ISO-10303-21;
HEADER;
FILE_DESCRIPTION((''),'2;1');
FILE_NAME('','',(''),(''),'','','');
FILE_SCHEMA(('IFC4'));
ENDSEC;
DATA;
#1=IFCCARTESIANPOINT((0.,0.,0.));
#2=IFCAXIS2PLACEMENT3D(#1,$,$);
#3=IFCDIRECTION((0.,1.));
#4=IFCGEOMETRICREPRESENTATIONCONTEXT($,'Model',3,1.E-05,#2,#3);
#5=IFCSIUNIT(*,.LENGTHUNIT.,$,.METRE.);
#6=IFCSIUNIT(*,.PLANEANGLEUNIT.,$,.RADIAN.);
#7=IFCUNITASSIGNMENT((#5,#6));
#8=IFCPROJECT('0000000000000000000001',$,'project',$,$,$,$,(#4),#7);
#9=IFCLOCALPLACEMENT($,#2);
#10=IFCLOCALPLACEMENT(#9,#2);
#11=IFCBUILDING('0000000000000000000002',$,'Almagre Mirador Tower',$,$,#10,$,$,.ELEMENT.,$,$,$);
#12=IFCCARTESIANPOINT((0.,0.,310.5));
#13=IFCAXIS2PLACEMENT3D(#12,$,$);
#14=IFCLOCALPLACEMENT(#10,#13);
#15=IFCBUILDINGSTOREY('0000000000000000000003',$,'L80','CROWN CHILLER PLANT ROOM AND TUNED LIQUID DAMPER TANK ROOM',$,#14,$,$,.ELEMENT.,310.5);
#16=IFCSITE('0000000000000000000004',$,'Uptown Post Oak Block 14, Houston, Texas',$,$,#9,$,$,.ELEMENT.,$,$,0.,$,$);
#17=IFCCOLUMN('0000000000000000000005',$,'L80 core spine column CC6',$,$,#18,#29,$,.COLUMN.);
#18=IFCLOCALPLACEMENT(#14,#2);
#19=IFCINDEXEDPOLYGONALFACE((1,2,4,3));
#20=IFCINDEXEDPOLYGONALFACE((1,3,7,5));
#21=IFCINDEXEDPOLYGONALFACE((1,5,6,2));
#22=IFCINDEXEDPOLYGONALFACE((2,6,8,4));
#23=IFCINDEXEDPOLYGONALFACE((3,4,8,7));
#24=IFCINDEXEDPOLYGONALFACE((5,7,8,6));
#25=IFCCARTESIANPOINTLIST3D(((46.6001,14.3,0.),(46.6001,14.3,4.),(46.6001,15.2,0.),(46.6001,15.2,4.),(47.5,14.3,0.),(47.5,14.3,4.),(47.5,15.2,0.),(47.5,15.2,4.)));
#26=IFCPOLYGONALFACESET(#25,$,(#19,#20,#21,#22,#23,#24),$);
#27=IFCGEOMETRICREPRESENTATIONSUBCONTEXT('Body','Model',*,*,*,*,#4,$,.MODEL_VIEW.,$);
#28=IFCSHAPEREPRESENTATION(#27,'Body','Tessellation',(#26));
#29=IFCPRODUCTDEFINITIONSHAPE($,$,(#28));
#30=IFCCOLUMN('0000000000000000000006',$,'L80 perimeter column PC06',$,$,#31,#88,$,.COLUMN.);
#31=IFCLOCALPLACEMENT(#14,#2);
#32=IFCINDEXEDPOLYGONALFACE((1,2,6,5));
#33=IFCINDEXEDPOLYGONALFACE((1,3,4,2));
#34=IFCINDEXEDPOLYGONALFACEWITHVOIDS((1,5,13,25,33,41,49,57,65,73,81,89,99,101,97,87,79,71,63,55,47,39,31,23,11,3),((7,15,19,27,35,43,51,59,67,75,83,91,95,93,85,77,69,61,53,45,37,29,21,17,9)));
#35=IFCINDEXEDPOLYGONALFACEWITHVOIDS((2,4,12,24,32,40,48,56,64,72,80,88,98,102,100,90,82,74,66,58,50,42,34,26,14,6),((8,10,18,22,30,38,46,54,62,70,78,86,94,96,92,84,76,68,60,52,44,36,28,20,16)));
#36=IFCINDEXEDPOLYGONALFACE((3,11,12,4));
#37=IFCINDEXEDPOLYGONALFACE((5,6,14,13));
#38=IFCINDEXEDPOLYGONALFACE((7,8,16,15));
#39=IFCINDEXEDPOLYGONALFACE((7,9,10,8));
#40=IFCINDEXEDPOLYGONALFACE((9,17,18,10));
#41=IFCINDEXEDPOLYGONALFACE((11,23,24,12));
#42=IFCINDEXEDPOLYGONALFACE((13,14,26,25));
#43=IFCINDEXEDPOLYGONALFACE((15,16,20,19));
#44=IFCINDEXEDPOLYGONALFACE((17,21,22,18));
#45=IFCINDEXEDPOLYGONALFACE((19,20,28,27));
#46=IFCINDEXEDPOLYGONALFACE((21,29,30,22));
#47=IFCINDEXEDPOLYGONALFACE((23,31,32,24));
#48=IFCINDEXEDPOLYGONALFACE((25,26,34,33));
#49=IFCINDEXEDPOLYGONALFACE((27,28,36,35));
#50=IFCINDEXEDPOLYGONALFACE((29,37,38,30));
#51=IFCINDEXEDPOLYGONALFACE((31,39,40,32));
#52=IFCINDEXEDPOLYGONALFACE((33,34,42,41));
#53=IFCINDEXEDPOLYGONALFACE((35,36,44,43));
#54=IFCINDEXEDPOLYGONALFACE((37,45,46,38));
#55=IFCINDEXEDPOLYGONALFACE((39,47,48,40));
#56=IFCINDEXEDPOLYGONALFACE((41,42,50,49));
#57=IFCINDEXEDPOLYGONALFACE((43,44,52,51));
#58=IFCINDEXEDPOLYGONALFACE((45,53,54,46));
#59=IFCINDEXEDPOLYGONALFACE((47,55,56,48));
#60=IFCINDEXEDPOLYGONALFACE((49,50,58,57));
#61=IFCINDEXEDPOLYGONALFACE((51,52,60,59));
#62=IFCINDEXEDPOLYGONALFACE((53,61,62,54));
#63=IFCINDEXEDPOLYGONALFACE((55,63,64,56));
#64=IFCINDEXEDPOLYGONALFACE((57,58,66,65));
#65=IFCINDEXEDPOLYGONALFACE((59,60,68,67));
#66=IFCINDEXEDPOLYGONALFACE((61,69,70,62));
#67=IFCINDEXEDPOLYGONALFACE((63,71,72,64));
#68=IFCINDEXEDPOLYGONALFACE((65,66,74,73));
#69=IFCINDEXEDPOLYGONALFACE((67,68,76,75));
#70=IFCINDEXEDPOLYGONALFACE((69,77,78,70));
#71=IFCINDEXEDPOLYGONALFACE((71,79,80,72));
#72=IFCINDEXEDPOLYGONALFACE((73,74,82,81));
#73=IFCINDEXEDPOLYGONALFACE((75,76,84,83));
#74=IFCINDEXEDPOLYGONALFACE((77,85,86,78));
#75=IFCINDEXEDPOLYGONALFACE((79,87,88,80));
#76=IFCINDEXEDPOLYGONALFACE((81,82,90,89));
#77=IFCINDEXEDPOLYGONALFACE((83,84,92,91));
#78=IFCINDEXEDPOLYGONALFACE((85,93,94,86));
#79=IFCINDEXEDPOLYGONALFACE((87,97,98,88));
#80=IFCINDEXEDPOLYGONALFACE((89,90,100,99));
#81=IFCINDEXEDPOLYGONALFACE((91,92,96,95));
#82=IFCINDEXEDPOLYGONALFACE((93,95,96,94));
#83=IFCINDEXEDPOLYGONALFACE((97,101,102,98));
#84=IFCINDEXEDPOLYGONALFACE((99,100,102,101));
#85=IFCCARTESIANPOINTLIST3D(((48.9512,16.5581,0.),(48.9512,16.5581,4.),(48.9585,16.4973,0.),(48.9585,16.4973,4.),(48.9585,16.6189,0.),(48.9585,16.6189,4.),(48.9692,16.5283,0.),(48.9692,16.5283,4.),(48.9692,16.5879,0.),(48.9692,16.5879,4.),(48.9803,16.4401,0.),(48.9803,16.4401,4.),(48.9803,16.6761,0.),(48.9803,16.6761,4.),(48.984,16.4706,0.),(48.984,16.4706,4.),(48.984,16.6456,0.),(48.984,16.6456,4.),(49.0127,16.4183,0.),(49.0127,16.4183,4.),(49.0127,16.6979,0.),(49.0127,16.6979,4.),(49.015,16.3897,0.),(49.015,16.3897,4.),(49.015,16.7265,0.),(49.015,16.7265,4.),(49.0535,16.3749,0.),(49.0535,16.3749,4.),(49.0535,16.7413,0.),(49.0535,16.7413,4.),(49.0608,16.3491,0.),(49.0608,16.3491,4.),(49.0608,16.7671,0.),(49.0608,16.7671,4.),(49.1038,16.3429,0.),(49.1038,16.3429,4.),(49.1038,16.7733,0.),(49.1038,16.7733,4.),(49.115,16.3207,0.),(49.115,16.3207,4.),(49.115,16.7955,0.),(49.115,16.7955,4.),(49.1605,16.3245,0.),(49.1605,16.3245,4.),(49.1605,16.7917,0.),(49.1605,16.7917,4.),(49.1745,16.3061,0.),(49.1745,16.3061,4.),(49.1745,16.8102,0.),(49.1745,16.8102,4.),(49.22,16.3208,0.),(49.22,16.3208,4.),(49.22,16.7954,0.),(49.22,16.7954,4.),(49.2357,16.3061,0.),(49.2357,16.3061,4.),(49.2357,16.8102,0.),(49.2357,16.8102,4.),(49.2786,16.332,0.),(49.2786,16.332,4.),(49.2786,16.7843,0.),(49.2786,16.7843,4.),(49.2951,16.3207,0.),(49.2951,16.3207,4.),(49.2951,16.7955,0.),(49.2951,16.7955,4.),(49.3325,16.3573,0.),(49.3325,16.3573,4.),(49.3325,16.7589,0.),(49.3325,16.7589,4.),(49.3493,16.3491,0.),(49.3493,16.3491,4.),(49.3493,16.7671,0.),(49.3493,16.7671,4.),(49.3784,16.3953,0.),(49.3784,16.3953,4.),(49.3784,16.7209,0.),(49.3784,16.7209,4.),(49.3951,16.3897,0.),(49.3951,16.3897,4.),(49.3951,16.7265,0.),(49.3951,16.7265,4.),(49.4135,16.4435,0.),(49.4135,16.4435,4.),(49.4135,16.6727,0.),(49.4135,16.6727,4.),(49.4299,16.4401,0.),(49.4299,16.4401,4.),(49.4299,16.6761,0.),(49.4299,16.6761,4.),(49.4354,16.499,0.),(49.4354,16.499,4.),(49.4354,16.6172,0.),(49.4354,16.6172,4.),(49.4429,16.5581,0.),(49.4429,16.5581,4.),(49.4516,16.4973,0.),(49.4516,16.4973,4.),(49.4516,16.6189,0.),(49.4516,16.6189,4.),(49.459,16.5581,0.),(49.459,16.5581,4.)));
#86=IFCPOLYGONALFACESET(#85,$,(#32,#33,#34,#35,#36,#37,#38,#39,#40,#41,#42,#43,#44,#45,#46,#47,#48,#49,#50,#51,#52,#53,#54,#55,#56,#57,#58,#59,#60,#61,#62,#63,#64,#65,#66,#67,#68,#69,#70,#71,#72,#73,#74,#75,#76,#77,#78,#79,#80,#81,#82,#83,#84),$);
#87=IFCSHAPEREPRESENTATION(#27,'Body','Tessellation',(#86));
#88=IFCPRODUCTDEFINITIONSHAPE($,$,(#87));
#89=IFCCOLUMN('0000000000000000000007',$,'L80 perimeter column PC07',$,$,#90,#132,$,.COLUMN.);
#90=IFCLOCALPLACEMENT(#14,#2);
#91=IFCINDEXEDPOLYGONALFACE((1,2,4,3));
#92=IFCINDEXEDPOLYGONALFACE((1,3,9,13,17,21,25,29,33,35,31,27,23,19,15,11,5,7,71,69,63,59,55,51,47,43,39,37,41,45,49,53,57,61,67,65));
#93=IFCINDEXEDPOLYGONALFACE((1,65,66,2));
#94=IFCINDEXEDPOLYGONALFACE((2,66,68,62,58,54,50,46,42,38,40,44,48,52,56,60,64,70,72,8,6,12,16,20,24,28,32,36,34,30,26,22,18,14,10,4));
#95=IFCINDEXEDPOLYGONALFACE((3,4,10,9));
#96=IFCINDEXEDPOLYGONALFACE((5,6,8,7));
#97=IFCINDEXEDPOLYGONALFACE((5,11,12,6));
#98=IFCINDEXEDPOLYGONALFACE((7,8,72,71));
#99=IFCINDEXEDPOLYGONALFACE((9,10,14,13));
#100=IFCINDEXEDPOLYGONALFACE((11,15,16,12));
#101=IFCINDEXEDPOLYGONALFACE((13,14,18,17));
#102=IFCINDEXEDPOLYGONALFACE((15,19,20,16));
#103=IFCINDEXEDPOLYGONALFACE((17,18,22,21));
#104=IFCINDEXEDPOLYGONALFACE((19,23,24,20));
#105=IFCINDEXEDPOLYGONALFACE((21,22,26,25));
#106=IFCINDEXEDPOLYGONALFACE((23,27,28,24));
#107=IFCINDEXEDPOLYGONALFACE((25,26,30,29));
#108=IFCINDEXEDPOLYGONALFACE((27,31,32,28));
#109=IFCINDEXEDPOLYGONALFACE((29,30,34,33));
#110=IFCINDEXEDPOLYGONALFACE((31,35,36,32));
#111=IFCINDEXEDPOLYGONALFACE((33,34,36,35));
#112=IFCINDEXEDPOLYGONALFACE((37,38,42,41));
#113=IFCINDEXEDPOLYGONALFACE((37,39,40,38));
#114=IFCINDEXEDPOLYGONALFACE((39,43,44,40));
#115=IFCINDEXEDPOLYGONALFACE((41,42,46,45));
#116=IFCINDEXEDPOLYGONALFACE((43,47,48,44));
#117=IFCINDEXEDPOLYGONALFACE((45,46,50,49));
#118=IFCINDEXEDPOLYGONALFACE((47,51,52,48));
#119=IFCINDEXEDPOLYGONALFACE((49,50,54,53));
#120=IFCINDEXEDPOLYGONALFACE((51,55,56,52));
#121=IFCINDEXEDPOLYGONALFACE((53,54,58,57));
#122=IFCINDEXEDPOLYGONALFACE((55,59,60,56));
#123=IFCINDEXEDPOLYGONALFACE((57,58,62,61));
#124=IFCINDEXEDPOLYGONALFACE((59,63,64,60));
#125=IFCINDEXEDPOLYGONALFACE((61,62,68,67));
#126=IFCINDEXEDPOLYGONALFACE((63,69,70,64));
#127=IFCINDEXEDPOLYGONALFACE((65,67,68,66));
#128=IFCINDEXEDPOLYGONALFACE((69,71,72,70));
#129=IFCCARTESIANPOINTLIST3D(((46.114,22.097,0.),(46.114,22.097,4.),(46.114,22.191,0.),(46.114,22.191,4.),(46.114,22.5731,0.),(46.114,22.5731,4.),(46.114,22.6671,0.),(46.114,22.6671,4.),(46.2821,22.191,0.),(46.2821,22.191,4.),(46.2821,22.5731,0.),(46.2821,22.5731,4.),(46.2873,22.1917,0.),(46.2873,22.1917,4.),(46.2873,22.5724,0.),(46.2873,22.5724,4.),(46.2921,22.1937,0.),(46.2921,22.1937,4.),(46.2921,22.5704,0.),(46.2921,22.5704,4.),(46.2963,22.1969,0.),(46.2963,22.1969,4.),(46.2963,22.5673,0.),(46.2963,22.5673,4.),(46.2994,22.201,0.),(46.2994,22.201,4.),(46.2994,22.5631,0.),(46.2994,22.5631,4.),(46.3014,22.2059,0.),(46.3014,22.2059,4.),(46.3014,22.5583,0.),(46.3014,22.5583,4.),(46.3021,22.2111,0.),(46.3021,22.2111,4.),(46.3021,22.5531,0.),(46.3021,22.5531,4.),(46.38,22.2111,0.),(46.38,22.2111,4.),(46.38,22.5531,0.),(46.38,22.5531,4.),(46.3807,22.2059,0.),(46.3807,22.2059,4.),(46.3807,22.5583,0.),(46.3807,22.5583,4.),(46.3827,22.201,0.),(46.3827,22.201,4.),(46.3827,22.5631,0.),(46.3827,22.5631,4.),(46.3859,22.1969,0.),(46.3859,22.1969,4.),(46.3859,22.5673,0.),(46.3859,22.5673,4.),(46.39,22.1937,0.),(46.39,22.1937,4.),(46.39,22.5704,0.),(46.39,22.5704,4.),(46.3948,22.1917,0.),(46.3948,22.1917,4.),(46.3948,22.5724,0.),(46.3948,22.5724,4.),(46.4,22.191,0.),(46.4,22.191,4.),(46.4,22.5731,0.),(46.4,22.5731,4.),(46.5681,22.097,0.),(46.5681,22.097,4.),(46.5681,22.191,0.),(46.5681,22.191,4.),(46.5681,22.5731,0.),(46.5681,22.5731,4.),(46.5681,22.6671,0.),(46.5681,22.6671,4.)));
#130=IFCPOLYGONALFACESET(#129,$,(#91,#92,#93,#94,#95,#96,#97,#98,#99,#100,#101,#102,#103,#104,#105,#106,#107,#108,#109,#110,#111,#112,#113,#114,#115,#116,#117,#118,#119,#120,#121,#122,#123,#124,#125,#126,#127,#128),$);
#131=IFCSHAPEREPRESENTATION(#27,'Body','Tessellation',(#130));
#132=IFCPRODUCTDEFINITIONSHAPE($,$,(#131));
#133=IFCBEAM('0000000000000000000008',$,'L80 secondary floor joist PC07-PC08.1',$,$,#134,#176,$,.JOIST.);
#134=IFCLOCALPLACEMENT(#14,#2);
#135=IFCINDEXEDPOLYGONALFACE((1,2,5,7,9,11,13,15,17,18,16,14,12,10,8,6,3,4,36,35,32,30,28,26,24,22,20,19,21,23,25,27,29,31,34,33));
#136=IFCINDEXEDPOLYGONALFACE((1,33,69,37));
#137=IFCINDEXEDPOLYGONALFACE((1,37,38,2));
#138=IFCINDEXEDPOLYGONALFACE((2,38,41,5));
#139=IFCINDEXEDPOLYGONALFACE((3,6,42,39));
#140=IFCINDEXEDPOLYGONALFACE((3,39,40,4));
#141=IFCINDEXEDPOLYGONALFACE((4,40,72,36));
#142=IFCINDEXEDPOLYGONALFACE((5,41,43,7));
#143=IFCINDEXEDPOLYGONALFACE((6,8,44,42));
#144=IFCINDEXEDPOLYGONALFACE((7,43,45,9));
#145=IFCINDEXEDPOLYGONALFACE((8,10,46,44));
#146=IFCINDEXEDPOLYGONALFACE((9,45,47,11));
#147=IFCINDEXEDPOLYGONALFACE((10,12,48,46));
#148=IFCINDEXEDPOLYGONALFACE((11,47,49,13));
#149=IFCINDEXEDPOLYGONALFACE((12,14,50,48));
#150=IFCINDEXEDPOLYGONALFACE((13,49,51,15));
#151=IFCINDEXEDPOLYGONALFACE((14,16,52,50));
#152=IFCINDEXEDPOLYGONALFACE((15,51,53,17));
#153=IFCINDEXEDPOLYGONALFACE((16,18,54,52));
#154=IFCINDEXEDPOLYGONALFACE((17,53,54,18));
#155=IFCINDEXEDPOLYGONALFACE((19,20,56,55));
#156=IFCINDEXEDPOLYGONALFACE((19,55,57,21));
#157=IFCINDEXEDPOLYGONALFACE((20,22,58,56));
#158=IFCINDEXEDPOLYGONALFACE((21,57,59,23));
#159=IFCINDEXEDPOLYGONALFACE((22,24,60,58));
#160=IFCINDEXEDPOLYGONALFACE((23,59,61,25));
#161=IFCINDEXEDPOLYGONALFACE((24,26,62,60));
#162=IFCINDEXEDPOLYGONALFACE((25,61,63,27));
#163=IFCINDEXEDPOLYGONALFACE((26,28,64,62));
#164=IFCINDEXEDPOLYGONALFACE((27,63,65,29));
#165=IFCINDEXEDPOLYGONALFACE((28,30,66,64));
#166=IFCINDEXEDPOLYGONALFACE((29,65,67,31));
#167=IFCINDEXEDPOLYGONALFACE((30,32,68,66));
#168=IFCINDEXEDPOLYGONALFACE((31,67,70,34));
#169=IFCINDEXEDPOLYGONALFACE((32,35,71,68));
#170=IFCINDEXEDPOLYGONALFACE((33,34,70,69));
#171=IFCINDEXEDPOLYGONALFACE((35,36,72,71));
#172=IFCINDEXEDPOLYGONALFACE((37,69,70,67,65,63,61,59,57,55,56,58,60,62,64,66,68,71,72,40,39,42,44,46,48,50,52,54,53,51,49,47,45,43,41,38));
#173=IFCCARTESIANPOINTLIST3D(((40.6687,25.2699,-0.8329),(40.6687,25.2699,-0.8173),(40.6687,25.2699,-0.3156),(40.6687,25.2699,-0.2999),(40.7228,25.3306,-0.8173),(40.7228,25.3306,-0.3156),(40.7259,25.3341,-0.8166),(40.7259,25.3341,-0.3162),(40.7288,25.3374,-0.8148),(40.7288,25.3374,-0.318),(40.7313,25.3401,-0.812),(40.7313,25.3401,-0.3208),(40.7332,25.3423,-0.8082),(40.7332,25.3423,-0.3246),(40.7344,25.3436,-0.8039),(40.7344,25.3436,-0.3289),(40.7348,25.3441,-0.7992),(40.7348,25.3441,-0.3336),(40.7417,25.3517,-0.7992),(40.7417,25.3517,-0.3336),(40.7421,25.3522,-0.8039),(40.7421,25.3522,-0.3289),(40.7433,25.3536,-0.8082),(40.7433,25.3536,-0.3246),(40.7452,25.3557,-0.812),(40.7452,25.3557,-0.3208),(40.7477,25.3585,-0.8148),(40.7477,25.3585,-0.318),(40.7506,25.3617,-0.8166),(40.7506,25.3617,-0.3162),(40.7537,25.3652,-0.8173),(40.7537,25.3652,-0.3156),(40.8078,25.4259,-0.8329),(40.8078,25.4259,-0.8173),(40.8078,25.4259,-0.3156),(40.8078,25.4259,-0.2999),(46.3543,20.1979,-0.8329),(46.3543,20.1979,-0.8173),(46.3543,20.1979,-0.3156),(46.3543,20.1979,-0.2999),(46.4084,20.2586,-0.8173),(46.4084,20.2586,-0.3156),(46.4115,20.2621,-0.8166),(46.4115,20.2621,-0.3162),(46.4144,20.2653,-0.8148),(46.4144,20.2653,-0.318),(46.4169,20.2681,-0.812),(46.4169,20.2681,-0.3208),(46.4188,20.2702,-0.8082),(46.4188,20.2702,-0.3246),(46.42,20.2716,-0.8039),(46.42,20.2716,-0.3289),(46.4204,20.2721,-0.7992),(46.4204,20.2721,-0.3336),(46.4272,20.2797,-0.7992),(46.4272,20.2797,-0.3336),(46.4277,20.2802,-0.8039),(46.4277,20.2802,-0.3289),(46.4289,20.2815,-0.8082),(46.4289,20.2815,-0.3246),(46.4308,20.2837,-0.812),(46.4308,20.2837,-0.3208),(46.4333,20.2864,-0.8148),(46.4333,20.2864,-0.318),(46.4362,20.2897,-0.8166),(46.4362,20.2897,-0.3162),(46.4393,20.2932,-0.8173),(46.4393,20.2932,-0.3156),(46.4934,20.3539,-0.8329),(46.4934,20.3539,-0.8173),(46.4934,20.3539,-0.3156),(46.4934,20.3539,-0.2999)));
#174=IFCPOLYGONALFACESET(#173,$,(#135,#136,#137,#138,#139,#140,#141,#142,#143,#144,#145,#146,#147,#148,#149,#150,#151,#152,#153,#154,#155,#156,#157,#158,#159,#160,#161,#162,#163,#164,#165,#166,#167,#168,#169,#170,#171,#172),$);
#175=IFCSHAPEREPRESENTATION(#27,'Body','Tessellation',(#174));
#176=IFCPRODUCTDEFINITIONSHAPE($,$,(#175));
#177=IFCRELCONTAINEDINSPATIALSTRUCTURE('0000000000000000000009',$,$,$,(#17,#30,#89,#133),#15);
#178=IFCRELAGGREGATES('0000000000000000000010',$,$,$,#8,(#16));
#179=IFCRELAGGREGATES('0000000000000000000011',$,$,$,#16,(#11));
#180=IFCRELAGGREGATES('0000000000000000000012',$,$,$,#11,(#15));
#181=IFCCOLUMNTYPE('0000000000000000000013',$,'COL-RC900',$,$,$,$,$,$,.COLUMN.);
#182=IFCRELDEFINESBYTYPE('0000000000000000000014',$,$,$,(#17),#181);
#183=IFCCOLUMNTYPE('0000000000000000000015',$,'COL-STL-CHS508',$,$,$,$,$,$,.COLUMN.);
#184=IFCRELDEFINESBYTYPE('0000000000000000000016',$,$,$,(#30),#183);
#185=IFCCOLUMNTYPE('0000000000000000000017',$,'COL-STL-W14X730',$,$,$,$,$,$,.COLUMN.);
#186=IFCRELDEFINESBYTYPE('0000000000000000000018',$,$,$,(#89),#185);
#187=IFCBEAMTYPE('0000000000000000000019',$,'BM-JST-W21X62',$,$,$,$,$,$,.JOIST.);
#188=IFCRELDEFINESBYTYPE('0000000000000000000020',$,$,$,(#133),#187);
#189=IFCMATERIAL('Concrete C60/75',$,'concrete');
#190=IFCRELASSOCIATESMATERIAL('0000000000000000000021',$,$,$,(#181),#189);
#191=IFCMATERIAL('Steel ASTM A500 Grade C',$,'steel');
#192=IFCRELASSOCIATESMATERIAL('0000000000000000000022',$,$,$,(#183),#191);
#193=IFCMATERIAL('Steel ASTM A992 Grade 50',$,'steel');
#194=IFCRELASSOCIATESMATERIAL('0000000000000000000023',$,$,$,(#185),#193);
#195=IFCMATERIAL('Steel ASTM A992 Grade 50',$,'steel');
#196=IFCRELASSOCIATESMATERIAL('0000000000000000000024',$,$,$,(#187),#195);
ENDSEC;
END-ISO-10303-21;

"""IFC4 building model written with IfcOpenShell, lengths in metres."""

from ifc_helpers import new_model, si_unit, direction, frame, origin, origin_2d, place, context, subcontext, project, spatial, rectangle, hollow_circle, i_section, extrude, material, material_profile, profile_set, type_object, element, save


model = new_model("IFC4")

# Units and contexts
model_context = context("Model", 3, precision=1e-05, world=origin(), true_north=direction((0.0, 1.0)))
body_context = subcontext(model_context, "Body", "Model", "MODEL_VIEW")
ifc_project = project(units=[si_unit("LENGTHUNIT", "METRE"), si_unit("PLANEANGLEUNIT", "RADIAN")], contexts=[model_context])

# Site, building, storey
site_placement = place(None, origin())
site = spatial("IfcSite", under=ifc_project, at=site_placement, Name="Uptown Post Oak Block 14, Houston, Texas", CompositionType="ELEMENT", RefElevation=0.0)
building_placement = place(site_placement, origin())
building = spatial("IfcBuilding", under=site, at=building_placement, Name="Almagre Mirador Tower", CompositionType="ELEMENT")
storey_placement = place(building_placement, frame((0.0, 0.0, 310.5)))
storey = spatial("IfcBuildingStorey", under=building, at=storey_placement, Name="L80", Description="CROWN CHILLER PLANT ROOM AND TUNED LIQUID DAMPER TANK ROOM", CompositionType="ELEMENT", Elevation=310.5)

# Columns
ifc_material_1 = material(Name="Concrete C60/75", Category="concrete")
ifc_material_profile_1 = material_profile(ifc_material_1, rectangle(XDim=0.8999, YDim=0.8999, at=origin_2d()), Name="RC900X900")
ifc_profile_set_1 = profile_set([ifc_material_profile_1], Name="Concrete C60/75")
column_type_1 = type_object("IfcColumnType", Name="COL-RC900", PredefinedType="COLUMN", material=ifc_profile_set_1)
column_1_placement = place(storey_placement, frame((47.05, 14.75, 0.0), z_axis=(0.0, 0.0, 1.0), x_axis=(1.0, 0.0, 0.0)))
element("IfcColumn", 1, at=column_1_placement, inside=storey, type_object=column_type_1, Name="L80 core spine column CC6", PredefinedType="COLUMN", context=body_context, shape_type="SweptSolid", body=[
    extrude(rectangle(XDim=0.8999, YDim=0.8999, at=origin_2d()), origin(), (0.0, 0.0, 1.0), 4.0),
])
ifc_material_2 = material(Name="Steel ASTM A500 Grade C", Category="steel")
ifc_material_profile_2 = material_profile(ifc_material_2, hollow_circle(Radius=0.2539, WallThickness=0.0161, at=origin_2d()), Name="CHS508X16")
ifc_profile_set_2 = profile_set([ifc_material_profile_2], Name="Steel ASTM A500 Grade C")
column_type_2 = type_object("IfcColumnType", Name="COL-STL-CHS508", PredefinedType="COLUMN", material=ifc_profile_set_2)
column_2_placement = place(storey_placement, frame((49.2051, 16.5581, 0.0), z_axis=(0.0, 0.0, 1.0), x_axis=(1.0, 0.0, 0.0)))
element("IfcColumn", 2, at=column_2_placement, inside=storey, type_object=column_type_2, Name="L80 perimeter column PC06", PredefinedType="COLUMN", context=body_context, shape_type="SweptSolid", body=[
    extrude(hollow_circle(Radius=0.2539, WallThickness=0.0161, at=origin_2d()), origin(), (0.0, 0.0, 1.0), 4.0),
])
ifc_material_3 = material(Name="Steel ASTM A992 Grade 50", Category="steel")
ifc_material_profile_3 = material_profile(ifc_material_3, i_section(OverallWidth=0.4541, OverallDepth=0.5701, WebThickness=0.0779, FlangeThickness=0.094, FilletRadius=0.02, at=origin_2d()), Name="W14X730")
ifc_profile_set_3 = profile_set([ifc_material_profile_3], Name="Steel ASTM A992 Grade 50")
column_type_3 = type_object("IfcColumnType", Name="COL-STL-W14X730", PredefinedType="COLUMN", material=ifc_profile_set_3)
column_3_placement = place(storey_placement, frame((46.3411, 22.3821, 0.0), z_axis=(0.0, 0.0, 1.0), x_axis=(1.0, 0.0, 0.0)))
element("IfcColumn", 3, at=column_3_placement, inside=storey, type_object=column_type_3, Name="L80 perimeter column PC07", PredefinedType="COLUMN", context=body_context, shape_type="SweptSolid", body=[
    extrude(i_section(OverallWidth=0.4541, OverallDepth=0.5701, WebThickness=0.0779, FlangeThickness=0.094, FilletRadius=0.02, at=origin_2d()), origin(), (0.0, 0.0, 1.0), 4.0),
])

# Beam
ifc_material_4 = material(Name="Steel ASTM A992 Grade 50", Category="steel")
ifc_material_profile_4 = material_profile(ifc_material_4, i_section(OverallWidth=0.209, OverallDepth=0.533, WebThickness=0.0103, FlangeThickness=0.0156, FilletRadius=0.0181, at=origin_2d()), Name="W21X62")
ifc_profile_set_4 = profile_set([ifc_material_profile_4], Name="Steel ASTM A992 Grade 50")
beam_type_1 = type_object("IfcBeamType", Name="BM-JST-W21X62", PredefinedType="JOIST", material=ifc_profile_set_4)
beam_1_placement = place(storey_placement, frame((46.4238, 20.2759, -0.5664), z_axis=(-0.746222, 0.665697, 0.0), x_axis=(-0.665697, -0.746222, 0.0)))
element("IfcBeam", 4, at=beam_1_placement, inside=storey, type_object=beam_type_1, Name="L80 secondary floor joist PC07-PC08.1", PredefinedType="JOIST", context=body_context, shape_type="SweptSolid", body=[
    extrude(i_section(OverallWidth=0.209, OverallDepth=0.533, WebThickness=0.0103, FlangeThickness=0.0156, FilletRadius=0.0181, at=origin_2d()), origin(), (0.0, 0.0, 1.0), 7.6191),
])

save(model, "model.ifc")
